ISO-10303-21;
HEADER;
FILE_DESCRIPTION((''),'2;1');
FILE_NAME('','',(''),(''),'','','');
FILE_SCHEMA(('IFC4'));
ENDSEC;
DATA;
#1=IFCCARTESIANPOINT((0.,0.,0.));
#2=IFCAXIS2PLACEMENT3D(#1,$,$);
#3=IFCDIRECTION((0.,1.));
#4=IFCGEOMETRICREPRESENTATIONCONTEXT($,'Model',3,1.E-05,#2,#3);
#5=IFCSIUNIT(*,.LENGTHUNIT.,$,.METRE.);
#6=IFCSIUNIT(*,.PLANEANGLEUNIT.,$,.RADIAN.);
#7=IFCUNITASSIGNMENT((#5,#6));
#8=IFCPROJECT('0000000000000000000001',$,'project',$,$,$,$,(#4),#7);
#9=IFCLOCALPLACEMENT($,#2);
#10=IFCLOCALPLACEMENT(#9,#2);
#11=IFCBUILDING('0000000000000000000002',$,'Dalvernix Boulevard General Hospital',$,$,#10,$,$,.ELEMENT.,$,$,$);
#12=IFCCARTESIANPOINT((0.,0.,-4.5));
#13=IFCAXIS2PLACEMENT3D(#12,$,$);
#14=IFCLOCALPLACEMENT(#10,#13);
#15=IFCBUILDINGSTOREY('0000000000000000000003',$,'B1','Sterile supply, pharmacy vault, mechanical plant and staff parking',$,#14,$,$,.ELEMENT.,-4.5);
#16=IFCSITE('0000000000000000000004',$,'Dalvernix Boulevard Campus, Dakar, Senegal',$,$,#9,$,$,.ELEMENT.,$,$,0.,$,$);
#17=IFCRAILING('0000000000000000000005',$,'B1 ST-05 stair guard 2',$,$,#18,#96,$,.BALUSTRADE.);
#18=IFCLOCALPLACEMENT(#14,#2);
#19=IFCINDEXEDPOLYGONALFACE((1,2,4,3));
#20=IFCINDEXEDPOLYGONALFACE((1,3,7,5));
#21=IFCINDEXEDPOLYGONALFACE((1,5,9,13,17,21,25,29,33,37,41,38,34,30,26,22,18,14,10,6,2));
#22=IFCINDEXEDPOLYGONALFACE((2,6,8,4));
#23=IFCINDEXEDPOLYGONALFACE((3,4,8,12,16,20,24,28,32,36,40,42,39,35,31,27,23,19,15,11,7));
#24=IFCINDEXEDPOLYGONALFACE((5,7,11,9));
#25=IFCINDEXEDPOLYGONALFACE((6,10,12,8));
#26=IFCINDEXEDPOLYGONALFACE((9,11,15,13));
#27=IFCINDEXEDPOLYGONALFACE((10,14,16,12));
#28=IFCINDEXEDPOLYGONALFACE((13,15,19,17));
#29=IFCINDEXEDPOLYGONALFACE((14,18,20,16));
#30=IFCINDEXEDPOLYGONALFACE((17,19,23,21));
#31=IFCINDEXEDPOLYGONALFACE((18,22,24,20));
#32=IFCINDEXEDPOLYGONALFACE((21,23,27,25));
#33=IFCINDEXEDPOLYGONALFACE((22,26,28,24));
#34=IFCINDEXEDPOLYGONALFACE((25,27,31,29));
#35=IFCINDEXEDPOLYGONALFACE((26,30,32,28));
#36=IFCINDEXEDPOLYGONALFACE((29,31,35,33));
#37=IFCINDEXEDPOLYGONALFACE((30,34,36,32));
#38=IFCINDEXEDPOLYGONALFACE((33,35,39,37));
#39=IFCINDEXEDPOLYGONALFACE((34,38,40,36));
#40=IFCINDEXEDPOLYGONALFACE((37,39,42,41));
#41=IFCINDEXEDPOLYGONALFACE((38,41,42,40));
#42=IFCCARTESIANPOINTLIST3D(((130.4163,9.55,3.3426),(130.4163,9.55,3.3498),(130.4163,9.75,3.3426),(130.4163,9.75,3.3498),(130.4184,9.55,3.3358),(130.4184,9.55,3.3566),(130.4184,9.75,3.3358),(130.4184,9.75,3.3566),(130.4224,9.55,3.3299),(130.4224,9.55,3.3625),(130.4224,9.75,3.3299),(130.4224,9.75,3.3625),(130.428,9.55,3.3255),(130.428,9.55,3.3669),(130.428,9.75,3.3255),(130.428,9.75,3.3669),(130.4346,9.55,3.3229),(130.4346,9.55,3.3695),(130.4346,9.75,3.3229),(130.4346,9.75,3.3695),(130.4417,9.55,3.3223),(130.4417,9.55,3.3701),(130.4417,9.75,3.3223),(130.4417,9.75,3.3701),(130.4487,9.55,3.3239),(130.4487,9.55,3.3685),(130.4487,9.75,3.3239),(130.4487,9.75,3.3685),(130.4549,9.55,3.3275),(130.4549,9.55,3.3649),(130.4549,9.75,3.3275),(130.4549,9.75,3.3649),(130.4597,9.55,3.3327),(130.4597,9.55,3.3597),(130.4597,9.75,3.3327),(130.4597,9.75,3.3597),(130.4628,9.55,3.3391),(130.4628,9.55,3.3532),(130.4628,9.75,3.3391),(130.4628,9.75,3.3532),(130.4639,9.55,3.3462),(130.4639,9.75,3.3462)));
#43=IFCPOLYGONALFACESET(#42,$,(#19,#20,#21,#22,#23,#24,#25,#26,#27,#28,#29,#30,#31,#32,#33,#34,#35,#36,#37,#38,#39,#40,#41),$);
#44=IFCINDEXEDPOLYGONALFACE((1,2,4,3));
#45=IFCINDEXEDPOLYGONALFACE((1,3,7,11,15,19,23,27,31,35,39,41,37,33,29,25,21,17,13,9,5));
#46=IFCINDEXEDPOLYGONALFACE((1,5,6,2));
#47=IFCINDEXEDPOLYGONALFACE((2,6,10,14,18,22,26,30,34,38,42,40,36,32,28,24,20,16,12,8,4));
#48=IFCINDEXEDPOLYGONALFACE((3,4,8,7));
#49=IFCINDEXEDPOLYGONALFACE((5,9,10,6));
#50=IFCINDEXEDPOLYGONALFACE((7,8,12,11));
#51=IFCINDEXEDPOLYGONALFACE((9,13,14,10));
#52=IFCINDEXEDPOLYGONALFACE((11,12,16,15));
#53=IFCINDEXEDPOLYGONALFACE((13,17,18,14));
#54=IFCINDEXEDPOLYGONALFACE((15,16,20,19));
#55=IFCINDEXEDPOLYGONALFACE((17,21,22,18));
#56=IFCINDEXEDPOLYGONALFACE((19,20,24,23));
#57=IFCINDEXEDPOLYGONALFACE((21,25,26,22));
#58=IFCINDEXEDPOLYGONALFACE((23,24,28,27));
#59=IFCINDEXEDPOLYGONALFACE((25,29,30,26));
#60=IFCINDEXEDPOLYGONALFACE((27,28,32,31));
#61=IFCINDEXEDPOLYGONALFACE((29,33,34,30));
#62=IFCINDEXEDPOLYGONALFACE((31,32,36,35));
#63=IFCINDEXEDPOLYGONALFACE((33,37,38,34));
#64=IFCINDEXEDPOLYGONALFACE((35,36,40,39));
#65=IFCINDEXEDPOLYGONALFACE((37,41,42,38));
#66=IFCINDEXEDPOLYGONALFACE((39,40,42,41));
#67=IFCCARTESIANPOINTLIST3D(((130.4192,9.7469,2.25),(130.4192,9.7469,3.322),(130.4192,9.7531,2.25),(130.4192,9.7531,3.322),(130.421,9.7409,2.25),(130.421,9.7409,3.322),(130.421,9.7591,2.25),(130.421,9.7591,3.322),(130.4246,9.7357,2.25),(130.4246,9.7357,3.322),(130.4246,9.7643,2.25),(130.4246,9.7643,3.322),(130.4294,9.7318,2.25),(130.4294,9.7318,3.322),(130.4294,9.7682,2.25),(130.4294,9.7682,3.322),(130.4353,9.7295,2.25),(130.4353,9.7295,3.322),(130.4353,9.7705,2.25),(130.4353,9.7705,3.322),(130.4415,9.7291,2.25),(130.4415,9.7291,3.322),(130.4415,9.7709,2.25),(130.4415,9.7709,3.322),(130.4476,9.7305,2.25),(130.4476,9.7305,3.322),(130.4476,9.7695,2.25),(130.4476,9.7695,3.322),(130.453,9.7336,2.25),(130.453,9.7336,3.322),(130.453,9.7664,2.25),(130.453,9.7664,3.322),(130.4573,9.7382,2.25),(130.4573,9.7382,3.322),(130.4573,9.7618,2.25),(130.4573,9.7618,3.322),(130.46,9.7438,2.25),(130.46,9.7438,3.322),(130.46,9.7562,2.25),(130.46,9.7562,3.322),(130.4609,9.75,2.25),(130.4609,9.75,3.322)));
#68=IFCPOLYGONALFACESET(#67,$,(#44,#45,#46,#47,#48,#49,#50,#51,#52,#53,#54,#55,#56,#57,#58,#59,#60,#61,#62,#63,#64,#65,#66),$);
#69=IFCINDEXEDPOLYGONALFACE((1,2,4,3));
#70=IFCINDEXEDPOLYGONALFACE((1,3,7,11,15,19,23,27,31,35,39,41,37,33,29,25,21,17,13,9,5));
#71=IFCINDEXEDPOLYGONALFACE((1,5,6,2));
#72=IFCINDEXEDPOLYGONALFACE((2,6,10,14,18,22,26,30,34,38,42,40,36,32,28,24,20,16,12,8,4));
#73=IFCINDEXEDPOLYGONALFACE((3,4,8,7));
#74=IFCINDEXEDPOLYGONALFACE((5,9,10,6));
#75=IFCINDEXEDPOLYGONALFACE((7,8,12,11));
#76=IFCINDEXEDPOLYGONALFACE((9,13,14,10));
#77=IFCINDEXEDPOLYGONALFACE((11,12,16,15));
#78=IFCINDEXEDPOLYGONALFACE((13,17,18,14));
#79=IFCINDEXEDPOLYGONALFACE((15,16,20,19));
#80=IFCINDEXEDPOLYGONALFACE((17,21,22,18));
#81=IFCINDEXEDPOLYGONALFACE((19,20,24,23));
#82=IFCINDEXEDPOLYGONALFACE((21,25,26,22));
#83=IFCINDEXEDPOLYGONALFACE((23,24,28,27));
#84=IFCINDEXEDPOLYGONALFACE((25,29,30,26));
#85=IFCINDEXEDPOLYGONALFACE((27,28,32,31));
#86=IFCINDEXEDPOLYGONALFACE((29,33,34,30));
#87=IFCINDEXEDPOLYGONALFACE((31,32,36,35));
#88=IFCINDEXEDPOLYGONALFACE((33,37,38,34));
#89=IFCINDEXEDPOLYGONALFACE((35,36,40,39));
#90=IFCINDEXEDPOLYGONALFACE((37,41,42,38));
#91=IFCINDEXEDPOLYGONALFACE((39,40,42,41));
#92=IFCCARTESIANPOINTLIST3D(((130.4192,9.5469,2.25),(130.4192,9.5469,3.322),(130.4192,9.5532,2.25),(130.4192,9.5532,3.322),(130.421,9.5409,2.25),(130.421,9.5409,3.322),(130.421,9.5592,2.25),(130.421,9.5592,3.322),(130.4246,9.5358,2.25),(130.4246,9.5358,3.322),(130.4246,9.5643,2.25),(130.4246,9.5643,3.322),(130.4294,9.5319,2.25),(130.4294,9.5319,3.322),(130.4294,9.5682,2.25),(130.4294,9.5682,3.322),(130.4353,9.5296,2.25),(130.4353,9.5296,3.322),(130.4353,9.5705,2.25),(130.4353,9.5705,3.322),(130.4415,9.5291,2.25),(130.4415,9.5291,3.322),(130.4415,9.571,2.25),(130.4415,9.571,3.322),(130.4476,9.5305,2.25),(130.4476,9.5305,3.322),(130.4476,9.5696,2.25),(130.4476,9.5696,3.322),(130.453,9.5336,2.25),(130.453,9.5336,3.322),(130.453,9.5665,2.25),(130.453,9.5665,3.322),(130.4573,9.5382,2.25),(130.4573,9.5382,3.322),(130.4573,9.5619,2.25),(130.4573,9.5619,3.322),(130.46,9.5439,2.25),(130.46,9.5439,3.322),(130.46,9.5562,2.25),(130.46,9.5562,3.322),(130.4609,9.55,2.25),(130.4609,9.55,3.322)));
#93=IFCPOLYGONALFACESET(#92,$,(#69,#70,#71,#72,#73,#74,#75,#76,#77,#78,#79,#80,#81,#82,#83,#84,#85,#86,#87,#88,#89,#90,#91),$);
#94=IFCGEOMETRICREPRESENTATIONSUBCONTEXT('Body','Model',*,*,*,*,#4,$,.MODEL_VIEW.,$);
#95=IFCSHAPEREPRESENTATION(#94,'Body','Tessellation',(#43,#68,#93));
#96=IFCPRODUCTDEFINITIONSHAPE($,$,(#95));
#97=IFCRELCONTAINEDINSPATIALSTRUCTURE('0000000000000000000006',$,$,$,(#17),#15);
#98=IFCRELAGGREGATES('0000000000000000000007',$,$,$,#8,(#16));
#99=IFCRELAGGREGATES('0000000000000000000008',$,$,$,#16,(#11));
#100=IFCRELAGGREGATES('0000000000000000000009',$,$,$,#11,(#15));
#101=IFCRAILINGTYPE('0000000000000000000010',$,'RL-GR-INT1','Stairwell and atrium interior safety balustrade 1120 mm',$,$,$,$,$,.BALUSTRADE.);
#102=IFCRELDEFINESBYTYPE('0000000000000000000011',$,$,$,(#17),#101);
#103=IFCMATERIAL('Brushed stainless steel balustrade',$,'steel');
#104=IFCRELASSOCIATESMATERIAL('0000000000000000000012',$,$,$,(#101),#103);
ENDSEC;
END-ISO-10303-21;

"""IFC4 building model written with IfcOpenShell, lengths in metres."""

from ifc_helpers import new_model, si_unit, direction, frame, origin, origin_2d, place, context, subcontext, project, spatial, circle, extrude, material, type_object, element, save


model = new_model("IFC4")

# Units and contexts
model_context = context("Model", 3, precision=1e-05, world=origin(), true_north=direction((0.0, 1.0)))
body_context = subcontext(model_context, "Body", "Model", "MODEL_VIEW")
ifc_project = project(units=[si_unit("LENGTHUNIT", "METRE"), si_unit("PLANEANGLEUNIT", "RADIAN")], contexts=[model_context])

# Site, building, storey
site_placement = place(None, origin())
site = spatial("IfcSite", under=ifc_project, at=site_placement, Name="Dalvernix Boulevard Campus, Dakar, Senegal", CompositionType="ELEMENT", RefElevation=0.0)
building_placement = place(site_placement, origin())
building = spatial("IfcBuilding", under=site, at=building_placement, Name="Dalvernix Boulevard General Hospital", CompositionType="ELEMENT")
storey_placement = place(building_placement, frame((0.0, 0.0, -4.5)))
storey = spatial("IfcBuildingStorey", under=building, at=storey_placement, Name="B1", Description="Sterile supply, pharmacy vault, mechanical plant and staff parking", CompositionType="ELEMENT", Elevation=-4.5)

# Railing
ifc_material_1 = material(Name="Brushed stainless steel balustrade", Category="steel")
railing_type_1 = type_object("IfcRailingType", Name="RL-GR-INT1", Description="Stairwell and atrium interior safety balustrade 1120 mm", PredefinedType="BALUSTRADE", material=ifc_material_1)
railing_1_placement = place(storey_placement, frame((130.4399, 9.75, 2.25)))
element("IfcRailing", 1, at=railing_1_placement, inside=storey, type_object=railing_type_1, Name="B1 ST-05 stair guard 2", PredefinedType="BALUSTRADE", context=body_context, shape_type="SweptSolid", body=[
    extrude(circle(Radius=0.0239, at=origin_2d()), frame((0.0, 0.0, 1.0962), z_axis=(0.0, -1.0, 0.0), x_axis=(1.0, 0.0, 0.0)), (0.0, 0.0, 1.0), 0.2),
    extrude(circle(Radius=0.021, at=origin_2d()), origin(), (0.0, 0.0, 1.0), 1.072),
    extrude(circle(Radius=0.021, at=origin_2d()), frame((0.0, -0.2, 0.0)), (0.0, 0.0, 1.0), 1.072),
])

save(model, "model.ifc")
